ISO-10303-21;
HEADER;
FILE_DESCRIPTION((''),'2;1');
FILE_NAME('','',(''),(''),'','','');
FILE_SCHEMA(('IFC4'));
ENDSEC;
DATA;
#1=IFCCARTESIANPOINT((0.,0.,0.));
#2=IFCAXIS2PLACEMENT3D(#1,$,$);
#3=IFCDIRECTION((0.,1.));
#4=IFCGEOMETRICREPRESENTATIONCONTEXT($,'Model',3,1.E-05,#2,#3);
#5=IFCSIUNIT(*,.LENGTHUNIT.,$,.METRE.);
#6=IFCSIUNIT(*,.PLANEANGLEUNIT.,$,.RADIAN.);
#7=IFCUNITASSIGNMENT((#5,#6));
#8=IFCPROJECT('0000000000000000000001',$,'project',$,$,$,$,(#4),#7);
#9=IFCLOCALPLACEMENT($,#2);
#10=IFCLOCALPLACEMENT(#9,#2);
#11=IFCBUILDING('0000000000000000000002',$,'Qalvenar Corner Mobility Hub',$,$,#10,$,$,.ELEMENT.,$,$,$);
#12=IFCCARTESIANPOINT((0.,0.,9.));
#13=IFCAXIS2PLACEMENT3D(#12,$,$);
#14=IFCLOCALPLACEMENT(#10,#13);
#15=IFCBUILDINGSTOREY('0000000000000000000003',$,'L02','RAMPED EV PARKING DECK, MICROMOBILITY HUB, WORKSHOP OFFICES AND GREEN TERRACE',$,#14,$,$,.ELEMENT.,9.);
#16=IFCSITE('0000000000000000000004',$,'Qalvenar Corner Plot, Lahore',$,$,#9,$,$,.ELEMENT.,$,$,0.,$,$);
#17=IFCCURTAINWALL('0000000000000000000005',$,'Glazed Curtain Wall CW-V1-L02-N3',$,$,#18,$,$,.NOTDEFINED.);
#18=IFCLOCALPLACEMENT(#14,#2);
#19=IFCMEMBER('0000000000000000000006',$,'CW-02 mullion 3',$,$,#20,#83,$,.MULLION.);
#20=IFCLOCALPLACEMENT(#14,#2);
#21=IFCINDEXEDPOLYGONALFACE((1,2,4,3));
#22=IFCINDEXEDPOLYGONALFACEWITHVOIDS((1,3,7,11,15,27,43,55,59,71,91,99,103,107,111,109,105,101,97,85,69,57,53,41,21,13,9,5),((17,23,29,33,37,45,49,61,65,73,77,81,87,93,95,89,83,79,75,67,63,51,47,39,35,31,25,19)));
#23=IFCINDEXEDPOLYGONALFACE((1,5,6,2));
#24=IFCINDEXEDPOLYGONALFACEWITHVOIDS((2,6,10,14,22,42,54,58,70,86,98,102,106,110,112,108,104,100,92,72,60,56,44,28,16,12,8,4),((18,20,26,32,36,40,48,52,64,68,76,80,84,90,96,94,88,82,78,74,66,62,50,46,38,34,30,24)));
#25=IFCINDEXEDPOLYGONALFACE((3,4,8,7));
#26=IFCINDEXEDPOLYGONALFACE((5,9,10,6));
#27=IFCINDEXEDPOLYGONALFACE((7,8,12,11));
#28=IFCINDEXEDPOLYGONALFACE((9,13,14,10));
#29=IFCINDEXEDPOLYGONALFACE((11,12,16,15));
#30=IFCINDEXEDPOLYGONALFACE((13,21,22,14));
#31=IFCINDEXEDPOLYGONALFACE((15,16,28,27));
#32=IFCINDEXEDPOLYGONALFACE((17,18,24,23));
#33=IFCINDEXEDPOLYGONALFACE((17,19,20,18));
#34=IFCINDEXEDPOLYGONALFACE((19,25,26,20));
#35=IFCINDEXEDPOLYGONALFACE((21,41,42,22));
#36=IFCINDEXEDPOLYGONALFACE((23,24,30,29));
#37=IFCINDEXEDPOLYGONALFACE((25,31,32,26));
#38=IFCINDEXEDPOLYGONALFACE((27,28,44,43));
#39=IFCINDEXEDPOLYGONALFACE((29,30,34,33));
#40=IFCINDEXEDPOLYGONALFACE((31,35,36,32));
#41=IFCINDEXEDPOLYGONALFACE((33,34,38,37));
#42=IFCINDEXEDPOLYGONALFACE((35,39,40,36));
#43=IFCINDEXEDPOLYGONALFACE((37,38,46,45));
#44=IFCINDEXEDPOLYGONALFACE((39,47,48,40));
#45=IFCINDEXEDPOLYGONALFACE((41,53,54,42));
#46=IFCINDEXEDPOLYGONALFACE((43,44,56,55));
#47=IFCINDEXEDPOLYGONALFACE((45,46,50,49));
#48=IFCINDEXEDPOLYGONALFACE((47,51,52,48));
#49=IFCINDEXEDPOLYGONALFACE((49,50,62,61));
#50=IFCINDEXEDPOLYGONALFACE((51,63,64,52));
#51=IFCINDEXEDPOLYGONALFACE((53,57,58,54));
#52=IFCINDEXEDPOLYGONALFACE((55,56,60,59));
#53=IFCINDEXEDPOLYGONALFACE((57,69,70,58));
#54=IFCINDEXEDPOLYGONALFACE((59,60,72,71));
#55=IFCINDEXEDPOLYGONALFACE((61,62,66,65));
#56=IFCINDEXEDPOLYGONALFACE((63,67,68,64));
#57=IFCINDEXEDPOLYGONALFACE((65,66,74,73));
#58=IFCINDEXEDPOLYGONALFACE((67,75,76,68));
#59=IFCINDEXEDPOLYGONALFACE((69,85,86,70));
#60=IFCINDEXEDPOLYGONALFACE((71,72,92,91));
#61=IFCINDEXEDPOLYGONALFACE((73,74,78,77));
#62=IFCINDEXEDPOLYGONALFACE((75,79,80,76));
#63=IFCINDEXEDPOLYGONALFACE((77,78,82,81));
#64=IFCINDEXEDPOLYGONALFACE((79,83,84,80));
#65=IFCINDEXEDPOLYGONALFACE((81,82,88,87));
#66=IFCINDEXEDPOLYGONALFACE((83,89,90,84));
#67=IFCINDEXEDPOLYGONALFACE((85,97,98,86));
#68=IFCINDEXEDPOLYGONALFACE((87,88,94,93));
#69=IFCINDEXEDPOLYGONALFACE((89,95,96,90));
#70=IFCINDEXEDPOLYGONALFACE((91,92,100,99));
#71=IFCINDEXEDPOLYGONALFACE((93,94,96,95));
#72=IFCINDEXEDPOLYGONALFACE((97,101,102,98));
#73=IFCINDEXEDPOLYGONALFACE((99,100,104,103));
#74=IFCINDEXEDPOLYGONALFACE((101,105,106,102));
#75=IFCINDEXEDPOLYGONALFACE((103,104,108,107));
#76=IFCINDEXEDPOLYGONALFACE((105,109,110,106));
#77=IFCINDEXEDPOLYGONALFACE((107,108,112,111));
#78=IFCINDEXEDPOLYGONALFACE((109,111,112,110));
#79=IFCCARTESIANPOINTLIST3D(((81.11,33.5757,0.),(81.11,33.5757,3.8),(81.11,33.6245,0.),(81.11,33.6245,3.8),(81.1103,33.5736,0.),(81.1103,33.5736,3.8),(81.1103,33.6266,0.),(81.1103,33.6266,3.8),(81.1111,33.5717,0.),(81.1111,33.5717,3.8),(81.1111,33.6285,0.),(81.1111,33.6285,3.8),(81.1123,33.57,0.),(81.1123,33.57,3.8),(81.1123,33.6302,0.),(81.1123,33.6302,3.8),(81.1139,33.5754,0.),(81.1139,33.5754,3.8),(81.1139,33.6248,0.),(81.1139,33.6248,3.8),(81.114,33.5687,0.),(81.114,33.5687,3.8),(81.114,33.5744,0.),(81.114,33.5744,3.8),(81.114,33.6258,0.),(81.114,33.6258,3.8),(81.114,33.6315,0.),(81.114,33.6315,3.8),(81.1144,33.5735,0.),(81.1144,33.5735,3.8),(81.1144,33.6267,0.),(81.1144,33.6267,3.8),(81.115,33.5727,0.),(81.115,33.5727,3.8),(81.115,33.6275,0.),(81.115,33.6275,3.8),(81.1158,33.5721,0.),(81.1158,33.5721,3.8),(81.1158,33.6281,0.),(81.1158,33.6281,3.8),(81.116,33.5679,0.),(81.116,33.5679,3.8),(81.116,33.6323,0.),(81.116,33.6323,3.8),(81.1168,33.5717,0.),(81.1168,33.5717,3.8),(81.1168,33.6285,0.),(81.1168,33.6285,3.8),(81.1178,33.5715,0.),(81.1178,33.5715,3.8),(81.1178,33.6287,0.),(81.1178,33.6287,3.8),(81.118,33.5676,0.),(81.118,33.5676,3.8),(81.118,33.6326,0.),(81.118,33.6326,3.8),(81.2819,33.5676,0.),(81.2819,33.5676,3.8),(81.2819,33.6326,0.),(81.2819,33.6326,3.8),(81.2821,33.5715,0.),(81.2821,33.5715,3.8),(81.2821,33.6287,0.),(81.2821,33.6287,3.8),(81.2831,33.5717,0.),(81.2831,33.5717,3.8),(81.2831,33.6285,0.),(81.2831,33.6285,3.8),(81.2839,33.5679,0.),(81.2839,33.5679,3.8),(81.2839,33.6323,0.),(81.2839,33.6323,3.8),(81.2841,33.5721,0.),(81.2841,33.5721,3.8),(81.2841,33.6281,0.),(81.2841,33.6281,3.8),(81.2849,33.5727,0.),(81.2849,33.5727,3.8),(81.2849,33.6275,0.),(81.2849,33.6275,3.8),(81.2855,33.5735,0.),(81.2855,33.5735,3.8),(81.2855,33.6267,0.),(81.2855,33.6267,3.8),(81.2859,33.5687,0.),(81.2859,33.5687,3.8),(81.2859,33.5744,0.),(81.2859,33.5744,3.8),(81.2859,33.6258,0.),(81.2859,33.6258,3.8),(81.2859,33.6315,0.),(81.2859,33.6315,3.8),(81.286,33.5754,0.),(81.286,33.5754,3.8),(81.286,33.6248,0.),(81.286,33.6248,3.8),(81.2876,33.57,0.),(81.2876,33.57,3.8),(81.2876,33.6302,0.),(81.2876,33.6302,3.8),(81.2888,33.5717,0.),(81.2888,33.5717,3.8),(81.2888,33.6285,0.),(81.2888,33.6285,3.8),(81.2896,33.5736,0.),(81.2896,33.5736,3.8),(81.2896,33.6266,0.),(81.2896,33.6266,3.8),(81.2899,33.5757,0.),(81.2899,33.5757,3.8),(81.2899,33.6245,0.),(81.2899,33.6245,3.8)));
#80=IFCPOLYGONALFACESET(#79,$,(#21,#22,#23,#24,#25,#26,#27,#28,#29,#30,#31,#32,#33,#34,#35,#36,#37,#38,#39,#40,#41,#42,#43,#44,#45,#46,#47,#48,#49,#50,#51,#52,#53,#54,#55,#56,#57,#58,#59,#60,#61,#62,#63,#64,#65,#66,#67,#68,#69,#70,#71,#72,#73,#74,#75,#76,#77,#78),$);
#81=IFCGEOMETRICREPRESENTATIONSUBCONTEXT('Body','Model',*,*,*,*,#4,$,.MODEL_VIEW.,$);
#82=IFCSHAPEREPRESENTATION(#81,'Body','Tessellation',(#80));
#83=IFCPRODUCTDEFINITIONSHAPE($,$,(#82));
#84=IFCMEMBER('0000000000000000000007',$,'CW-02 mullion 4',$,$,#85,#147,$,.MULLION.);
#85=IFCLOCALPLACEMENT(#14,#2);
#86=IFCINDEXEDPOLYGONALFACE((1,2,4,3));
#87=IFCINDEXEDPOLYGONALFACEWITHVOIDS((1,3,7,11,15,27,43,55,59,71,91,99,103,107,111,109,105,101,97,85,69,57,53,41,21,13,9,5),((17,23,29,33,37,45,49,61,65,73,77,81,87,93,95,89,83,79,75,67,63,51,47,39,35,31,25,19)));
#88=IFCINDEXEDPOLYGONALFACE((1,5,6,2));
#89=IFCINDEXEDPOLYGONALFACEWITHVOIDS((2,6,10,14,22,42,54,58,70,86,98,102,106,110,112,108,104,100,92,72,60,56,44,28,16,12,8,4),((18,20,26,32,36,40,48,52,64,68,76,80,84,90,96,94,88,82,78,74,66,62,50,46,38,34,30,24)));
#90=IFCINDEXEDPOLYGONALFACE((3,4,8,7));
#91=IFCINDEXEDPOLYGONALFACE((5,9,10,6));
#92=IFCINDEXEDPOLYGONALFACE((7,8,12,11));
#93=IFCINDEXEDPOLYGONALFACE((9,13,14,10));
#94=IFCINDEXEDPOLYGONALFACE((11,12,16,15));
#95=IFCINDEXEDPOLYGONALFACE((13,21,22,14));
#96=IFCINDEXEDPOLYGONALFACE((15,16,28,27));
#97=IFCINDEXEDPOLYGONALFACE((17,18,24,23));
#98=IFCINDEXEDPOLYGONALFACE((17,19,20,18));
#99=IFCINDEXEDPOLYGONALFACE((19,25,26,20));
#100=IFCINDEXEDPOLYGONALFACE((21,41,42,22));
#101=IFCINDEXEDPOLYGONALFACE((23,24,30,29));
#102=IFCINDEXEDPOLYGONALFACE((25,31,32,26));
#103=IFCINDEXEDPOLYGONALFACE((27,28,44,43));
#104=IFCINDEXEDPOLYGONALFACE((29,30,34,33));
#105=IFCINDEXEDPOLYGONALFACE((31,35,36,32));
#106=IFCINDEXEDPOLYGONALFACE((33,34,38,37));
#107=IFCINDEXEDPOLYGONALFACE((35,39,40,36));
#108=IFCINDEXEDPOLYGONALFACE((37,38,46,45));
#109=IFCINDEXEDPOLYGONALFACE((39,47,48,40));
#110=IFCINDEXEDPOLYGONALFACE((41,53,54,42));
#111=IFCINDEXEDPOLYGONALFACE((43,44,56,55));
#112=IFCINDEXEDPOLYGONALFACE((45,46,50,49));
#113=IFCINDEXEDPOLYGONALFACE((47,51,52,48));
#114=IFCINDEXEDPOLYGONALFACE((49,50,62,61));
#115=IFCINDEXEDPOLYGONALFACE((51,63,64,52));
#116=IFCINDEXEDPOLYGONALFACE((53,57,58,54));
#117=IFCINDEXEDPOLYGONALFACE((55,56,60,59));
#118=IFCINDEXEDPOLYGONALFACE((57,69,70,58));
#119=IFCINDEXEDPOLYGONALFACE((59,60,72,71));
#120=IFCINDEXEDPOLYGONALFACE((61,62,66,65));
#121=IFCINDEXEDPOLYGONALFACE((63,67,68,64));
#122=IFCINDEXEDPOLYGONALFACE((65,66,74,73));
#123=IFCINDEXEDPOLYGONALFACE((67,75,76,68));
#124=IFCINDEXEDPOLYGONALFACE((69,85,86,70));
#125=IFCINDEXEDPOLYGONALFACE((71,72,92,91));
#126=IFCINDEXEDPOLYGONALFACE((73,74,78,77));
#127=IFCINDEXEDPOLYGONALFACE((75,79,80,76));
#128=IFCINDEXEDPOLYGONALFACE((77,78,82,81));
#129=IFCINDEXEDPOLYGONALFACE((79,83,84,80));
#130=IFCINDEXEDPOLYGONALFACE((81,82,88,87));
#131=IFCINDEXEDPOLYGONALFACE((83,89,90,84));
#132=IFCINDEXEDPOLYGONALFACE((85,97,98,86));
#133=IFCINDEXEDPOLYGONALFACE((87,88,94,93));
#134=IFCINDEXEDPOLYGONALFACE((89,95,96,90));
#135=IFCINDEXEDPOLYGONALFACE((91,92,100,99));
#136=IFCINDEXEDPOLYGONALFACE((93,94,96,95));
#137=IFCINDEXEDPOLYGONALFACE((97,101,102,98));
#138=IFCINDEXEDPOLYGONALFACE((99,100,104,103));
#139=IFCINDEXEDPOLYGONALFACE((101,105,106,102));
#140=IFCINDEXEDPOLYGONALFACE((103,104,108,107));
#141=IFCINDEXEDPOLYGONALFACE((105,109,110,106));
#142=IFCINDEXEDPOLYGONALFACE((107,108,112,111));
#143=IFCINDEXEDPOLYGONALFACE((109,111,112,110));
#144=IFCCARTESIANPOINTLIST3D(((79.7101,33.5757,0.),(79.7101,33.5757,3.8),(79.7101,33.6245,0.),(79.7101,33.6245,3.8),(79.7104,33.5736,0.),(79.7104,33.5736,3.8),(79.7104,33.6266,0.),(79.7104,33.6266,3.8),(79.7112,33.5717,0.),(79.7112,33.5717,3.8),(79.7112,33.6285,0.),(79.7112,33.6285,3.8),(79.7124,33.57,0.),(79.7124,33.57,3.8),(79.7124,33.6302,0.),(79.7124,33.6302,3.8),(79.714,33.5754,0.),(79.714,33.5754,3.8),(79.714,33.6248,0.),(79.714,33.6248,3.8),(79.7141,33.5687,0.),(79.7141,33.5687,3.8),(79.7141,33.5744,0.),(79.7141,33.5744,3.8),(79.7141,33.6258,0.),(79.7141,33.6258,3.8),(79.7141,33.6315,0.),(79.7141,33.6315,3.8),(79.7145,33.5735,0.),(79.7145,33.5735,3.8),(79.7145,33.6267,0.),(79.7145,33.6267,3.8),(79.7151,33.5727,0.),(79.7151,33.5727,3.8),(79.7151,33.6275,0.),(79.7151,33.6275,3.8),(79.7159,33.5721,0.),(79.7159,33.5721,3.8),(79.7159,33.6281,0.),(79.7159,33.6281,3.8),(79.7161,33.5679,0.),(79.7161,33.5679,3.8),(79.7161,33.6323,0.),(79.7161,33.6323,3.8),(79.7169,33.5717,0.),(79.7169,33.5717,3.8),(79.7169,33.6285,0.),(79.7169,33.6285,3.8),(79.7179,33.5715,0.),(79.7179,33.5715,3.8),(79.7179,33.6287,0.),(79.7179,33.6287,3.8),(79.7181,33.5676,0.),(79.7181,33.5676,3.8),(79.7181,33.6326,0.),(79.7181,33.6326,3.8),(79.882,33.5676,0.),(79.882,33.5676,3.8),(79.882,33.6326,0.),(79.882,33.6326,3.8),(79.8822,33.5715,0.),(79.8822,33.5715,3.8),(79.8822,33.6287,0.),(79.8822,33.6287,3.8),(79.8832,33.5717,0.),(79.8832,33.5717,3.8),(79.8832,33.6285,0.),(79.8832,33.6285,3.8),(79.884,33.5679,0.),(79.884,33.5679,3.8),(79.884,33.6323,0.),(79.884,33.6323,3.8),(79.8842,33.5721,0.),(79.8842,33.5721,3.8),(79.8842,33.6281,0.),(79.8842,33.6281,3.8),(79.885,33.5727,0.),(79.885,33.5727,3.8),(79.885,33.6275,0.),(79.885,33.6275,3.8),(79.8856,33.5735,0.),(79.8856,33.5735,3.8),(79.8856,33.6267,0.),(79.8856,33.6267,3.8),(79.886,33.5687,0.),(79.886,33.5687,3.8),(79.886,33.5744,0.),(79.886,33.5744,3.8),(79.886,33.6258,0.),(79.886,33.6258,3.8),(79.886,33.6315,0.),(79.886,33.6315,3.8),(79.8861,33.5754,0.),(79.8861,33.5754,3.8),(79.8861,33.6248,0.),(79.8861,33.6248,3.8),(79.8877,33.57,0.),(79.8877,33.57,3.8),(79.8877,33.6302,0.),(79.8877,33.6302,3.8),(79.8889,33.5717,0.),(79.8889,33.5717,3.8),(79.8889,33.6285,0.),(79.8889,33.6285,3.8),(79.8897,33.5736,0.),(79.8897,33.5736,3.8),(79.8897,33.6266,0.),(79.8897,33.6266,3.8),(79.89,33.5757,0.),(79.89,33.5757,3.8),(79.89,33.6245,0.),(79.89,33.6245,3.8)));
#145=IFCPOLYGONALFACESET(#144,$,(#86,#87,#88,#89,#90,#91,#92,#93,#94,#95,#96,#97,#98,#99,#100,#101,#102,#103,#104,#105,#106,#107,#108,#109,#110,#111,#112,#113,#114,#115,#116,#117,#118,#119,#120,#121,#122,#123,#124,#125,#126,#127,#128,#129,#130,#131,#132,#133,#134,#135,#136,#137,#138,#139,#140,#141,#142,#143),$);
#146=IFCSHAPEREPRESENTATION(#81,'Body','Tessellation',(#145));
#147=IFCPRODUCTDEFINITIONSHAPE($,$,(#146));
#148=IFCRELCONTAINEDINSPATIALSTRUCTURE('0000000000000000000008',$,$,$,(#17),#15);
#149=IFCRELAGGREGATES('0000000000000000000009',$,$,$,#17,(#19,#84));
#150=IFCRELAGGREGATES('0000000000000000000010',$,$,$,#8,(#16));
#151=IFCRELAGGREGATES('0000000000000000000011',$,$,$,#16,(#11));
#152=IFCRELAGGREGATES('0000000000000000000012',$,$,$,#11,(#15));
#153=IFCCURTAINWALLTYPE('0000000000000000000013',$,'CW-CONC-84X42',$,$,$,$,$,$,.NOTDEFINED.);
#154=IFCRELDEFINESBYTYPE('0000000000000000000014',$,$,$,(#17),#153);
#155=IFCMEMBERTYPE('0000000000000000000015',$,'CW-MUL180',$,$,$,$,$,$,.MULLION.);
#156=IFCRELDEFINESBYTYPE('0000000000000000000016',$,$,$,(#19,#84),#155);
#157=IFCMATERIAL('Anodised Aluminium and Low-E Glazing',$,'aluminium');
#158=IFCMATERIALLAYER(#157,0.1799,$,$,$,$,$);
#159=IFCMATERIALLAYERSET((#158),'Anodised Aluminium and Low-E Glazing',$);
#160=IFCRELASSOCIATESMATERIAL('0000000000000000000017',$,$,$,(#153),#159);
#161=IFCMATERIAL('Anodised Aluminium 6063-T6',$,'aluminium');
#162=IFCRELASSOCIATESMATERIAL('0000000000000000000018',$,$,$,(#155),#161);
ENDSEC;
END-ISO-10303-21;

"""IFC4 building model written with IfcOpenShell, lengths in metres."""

from ifc_helpers import new_model, si_unit, direction, frame, origin, origin_2d, place, context, subcontext, project, spatial, hollow_rectangle, extrude, material, layer, layer_set, material_profile, profile_set, type_object, element, aggregate, save


model = new_model("IFC4")

# Units and contexts
model_context = context("Model", 3, precision=1e-05, world=origin(), true_north=direction((0.0, 1.0)))
body_context = subcontext(model_context, "Body", "Model", "MODEL_VIEW")
ifc_project = project(units=[si_unit("LENGTHUNIT", "METRE"), si_unit("PLANEANGLEUNIT", "RADIAN")], contexts=[model_context])

# Site, building, storey
site_placement = place(None, origin())
site = spatial("IfcSite", under=ifc_project, at=site_placement, Name="Qalvenar Corner Plot, Lahore", CompositionType="ELEMENT", RefElevation=0.0)
building_placement = place(site_placement, origin())
building = spatial("IfcBuilding", under=site, at=building_placement, Name="Qalvenar Corner Mobility Hub", CompositionType="ELEMENT")
storey_placement = place(building_placement, frame((0.0, 0.0, 9.0)))
storey = spatial("IfcBuildingStorey", under=building, at=storey_placement, Name="L02", Description="RAMPED EV PARKING DECK, MICROMOBILITY HUB, WORKSHOP OFFICES AND GREEN TERRACE", CompositionType="ELEMENT", Elevation=9.0)

# Curtain wall, members
ifc_material_1 = material(Name="Anodised Aluminium and Low-E Glazing", Category="aluminium")
ifc_layer_1 = layer(ifc_material_1, 0.1799)
ifc_layer_set_1 = layer_set([ifc_layer_1], Name="Anodised Aluminium and Low-E Glazing")
curtain_wall_type = type_object("IfcCurtainWallType", Name="CW-CONC-84X42", PredefinedType="NOTDEFINED", material=ifc_layer_set_1)
curtain_wall_placement = place(storey_placement, origin())
curtain_wall = element("IfcCurtainWall", 1, at=curtain_wall_placement, inside=storey, type_object=curtain_wall_type, Name="Glazed Curtain Wall CW-V1-L02-N3", PredefinedType="NOTDEFINED")
ifc_material_2 = material(Name="Anodised Aluminium 6063-T6", Category="aluminium")
ifc_material_profile_1 = material_profile(ifc_material_2, hollow_rectangle(XDim=0.0649, YDim=0.1799, WallThickness=0.0039, InnerFilletRadius=0.0039, OuterFilletRadius=0.0081, at=origin_2d()), Name="RHS180x65x4")
ifc_profile_set_1 = profile_set([ifc_material_profile_1], Name="Anodised Aluminium 6063-T6")
member_type_1 = type_object("IfcMemberType", Name="CW-MUL180", PredefinedType="MULLION", material=ifc_profile_set_1)
member_1_placement = place(storey_placement, frame((81.2, 33.6001, 0.0), z_axis=(0.0, 0.0, 1.0), x_axis=(0.0, -1.0, 0.0)))
member_1 = element("IfcMember", 2, at=member_1_placement, type_object=member_type_1, Name="CW-02 mullion 3", PredefinedType="MULLION", context=body_context, shape_type="SweptSolid", body=[
    extrude(hollow_rectangle(XDim=0.0649, YDim=0.1799, WallThickness=0.0039, InnerFilletRadius=0.0039, OuterFilletRadius=0.0081, at=origin_2d()), origin(), (0.0, 0.0, 1.0), 3.8),
])
member_2_placement = place(storey_placement, frame((79.8, 33.6001, 0.0), z_axis=(0.0, 0.0, 1.0), x_axis=(0.0, -1.0, 0.0)))
member_2 = element("IfcMember", 3, at=member_2_placement, type_object=member_type_1, Name="CW-02 mullion 4", PredefinedType="MULLION", context=body_context, shape_type="SweptSolid", body=[
    extrude(hollow_rectangle(XDim=0.0649, YDim=0.1799, WallThickness=0.0039, InnerFilletRadius=0.0039, OuterFilletRadius=0.0081, at=origin_2d()), origin(), (0.0, 0.0, 1.0), 3.8),
])
aggregate(curtain_wall, [member_1, member_2])

save(model, "model.ifc")
